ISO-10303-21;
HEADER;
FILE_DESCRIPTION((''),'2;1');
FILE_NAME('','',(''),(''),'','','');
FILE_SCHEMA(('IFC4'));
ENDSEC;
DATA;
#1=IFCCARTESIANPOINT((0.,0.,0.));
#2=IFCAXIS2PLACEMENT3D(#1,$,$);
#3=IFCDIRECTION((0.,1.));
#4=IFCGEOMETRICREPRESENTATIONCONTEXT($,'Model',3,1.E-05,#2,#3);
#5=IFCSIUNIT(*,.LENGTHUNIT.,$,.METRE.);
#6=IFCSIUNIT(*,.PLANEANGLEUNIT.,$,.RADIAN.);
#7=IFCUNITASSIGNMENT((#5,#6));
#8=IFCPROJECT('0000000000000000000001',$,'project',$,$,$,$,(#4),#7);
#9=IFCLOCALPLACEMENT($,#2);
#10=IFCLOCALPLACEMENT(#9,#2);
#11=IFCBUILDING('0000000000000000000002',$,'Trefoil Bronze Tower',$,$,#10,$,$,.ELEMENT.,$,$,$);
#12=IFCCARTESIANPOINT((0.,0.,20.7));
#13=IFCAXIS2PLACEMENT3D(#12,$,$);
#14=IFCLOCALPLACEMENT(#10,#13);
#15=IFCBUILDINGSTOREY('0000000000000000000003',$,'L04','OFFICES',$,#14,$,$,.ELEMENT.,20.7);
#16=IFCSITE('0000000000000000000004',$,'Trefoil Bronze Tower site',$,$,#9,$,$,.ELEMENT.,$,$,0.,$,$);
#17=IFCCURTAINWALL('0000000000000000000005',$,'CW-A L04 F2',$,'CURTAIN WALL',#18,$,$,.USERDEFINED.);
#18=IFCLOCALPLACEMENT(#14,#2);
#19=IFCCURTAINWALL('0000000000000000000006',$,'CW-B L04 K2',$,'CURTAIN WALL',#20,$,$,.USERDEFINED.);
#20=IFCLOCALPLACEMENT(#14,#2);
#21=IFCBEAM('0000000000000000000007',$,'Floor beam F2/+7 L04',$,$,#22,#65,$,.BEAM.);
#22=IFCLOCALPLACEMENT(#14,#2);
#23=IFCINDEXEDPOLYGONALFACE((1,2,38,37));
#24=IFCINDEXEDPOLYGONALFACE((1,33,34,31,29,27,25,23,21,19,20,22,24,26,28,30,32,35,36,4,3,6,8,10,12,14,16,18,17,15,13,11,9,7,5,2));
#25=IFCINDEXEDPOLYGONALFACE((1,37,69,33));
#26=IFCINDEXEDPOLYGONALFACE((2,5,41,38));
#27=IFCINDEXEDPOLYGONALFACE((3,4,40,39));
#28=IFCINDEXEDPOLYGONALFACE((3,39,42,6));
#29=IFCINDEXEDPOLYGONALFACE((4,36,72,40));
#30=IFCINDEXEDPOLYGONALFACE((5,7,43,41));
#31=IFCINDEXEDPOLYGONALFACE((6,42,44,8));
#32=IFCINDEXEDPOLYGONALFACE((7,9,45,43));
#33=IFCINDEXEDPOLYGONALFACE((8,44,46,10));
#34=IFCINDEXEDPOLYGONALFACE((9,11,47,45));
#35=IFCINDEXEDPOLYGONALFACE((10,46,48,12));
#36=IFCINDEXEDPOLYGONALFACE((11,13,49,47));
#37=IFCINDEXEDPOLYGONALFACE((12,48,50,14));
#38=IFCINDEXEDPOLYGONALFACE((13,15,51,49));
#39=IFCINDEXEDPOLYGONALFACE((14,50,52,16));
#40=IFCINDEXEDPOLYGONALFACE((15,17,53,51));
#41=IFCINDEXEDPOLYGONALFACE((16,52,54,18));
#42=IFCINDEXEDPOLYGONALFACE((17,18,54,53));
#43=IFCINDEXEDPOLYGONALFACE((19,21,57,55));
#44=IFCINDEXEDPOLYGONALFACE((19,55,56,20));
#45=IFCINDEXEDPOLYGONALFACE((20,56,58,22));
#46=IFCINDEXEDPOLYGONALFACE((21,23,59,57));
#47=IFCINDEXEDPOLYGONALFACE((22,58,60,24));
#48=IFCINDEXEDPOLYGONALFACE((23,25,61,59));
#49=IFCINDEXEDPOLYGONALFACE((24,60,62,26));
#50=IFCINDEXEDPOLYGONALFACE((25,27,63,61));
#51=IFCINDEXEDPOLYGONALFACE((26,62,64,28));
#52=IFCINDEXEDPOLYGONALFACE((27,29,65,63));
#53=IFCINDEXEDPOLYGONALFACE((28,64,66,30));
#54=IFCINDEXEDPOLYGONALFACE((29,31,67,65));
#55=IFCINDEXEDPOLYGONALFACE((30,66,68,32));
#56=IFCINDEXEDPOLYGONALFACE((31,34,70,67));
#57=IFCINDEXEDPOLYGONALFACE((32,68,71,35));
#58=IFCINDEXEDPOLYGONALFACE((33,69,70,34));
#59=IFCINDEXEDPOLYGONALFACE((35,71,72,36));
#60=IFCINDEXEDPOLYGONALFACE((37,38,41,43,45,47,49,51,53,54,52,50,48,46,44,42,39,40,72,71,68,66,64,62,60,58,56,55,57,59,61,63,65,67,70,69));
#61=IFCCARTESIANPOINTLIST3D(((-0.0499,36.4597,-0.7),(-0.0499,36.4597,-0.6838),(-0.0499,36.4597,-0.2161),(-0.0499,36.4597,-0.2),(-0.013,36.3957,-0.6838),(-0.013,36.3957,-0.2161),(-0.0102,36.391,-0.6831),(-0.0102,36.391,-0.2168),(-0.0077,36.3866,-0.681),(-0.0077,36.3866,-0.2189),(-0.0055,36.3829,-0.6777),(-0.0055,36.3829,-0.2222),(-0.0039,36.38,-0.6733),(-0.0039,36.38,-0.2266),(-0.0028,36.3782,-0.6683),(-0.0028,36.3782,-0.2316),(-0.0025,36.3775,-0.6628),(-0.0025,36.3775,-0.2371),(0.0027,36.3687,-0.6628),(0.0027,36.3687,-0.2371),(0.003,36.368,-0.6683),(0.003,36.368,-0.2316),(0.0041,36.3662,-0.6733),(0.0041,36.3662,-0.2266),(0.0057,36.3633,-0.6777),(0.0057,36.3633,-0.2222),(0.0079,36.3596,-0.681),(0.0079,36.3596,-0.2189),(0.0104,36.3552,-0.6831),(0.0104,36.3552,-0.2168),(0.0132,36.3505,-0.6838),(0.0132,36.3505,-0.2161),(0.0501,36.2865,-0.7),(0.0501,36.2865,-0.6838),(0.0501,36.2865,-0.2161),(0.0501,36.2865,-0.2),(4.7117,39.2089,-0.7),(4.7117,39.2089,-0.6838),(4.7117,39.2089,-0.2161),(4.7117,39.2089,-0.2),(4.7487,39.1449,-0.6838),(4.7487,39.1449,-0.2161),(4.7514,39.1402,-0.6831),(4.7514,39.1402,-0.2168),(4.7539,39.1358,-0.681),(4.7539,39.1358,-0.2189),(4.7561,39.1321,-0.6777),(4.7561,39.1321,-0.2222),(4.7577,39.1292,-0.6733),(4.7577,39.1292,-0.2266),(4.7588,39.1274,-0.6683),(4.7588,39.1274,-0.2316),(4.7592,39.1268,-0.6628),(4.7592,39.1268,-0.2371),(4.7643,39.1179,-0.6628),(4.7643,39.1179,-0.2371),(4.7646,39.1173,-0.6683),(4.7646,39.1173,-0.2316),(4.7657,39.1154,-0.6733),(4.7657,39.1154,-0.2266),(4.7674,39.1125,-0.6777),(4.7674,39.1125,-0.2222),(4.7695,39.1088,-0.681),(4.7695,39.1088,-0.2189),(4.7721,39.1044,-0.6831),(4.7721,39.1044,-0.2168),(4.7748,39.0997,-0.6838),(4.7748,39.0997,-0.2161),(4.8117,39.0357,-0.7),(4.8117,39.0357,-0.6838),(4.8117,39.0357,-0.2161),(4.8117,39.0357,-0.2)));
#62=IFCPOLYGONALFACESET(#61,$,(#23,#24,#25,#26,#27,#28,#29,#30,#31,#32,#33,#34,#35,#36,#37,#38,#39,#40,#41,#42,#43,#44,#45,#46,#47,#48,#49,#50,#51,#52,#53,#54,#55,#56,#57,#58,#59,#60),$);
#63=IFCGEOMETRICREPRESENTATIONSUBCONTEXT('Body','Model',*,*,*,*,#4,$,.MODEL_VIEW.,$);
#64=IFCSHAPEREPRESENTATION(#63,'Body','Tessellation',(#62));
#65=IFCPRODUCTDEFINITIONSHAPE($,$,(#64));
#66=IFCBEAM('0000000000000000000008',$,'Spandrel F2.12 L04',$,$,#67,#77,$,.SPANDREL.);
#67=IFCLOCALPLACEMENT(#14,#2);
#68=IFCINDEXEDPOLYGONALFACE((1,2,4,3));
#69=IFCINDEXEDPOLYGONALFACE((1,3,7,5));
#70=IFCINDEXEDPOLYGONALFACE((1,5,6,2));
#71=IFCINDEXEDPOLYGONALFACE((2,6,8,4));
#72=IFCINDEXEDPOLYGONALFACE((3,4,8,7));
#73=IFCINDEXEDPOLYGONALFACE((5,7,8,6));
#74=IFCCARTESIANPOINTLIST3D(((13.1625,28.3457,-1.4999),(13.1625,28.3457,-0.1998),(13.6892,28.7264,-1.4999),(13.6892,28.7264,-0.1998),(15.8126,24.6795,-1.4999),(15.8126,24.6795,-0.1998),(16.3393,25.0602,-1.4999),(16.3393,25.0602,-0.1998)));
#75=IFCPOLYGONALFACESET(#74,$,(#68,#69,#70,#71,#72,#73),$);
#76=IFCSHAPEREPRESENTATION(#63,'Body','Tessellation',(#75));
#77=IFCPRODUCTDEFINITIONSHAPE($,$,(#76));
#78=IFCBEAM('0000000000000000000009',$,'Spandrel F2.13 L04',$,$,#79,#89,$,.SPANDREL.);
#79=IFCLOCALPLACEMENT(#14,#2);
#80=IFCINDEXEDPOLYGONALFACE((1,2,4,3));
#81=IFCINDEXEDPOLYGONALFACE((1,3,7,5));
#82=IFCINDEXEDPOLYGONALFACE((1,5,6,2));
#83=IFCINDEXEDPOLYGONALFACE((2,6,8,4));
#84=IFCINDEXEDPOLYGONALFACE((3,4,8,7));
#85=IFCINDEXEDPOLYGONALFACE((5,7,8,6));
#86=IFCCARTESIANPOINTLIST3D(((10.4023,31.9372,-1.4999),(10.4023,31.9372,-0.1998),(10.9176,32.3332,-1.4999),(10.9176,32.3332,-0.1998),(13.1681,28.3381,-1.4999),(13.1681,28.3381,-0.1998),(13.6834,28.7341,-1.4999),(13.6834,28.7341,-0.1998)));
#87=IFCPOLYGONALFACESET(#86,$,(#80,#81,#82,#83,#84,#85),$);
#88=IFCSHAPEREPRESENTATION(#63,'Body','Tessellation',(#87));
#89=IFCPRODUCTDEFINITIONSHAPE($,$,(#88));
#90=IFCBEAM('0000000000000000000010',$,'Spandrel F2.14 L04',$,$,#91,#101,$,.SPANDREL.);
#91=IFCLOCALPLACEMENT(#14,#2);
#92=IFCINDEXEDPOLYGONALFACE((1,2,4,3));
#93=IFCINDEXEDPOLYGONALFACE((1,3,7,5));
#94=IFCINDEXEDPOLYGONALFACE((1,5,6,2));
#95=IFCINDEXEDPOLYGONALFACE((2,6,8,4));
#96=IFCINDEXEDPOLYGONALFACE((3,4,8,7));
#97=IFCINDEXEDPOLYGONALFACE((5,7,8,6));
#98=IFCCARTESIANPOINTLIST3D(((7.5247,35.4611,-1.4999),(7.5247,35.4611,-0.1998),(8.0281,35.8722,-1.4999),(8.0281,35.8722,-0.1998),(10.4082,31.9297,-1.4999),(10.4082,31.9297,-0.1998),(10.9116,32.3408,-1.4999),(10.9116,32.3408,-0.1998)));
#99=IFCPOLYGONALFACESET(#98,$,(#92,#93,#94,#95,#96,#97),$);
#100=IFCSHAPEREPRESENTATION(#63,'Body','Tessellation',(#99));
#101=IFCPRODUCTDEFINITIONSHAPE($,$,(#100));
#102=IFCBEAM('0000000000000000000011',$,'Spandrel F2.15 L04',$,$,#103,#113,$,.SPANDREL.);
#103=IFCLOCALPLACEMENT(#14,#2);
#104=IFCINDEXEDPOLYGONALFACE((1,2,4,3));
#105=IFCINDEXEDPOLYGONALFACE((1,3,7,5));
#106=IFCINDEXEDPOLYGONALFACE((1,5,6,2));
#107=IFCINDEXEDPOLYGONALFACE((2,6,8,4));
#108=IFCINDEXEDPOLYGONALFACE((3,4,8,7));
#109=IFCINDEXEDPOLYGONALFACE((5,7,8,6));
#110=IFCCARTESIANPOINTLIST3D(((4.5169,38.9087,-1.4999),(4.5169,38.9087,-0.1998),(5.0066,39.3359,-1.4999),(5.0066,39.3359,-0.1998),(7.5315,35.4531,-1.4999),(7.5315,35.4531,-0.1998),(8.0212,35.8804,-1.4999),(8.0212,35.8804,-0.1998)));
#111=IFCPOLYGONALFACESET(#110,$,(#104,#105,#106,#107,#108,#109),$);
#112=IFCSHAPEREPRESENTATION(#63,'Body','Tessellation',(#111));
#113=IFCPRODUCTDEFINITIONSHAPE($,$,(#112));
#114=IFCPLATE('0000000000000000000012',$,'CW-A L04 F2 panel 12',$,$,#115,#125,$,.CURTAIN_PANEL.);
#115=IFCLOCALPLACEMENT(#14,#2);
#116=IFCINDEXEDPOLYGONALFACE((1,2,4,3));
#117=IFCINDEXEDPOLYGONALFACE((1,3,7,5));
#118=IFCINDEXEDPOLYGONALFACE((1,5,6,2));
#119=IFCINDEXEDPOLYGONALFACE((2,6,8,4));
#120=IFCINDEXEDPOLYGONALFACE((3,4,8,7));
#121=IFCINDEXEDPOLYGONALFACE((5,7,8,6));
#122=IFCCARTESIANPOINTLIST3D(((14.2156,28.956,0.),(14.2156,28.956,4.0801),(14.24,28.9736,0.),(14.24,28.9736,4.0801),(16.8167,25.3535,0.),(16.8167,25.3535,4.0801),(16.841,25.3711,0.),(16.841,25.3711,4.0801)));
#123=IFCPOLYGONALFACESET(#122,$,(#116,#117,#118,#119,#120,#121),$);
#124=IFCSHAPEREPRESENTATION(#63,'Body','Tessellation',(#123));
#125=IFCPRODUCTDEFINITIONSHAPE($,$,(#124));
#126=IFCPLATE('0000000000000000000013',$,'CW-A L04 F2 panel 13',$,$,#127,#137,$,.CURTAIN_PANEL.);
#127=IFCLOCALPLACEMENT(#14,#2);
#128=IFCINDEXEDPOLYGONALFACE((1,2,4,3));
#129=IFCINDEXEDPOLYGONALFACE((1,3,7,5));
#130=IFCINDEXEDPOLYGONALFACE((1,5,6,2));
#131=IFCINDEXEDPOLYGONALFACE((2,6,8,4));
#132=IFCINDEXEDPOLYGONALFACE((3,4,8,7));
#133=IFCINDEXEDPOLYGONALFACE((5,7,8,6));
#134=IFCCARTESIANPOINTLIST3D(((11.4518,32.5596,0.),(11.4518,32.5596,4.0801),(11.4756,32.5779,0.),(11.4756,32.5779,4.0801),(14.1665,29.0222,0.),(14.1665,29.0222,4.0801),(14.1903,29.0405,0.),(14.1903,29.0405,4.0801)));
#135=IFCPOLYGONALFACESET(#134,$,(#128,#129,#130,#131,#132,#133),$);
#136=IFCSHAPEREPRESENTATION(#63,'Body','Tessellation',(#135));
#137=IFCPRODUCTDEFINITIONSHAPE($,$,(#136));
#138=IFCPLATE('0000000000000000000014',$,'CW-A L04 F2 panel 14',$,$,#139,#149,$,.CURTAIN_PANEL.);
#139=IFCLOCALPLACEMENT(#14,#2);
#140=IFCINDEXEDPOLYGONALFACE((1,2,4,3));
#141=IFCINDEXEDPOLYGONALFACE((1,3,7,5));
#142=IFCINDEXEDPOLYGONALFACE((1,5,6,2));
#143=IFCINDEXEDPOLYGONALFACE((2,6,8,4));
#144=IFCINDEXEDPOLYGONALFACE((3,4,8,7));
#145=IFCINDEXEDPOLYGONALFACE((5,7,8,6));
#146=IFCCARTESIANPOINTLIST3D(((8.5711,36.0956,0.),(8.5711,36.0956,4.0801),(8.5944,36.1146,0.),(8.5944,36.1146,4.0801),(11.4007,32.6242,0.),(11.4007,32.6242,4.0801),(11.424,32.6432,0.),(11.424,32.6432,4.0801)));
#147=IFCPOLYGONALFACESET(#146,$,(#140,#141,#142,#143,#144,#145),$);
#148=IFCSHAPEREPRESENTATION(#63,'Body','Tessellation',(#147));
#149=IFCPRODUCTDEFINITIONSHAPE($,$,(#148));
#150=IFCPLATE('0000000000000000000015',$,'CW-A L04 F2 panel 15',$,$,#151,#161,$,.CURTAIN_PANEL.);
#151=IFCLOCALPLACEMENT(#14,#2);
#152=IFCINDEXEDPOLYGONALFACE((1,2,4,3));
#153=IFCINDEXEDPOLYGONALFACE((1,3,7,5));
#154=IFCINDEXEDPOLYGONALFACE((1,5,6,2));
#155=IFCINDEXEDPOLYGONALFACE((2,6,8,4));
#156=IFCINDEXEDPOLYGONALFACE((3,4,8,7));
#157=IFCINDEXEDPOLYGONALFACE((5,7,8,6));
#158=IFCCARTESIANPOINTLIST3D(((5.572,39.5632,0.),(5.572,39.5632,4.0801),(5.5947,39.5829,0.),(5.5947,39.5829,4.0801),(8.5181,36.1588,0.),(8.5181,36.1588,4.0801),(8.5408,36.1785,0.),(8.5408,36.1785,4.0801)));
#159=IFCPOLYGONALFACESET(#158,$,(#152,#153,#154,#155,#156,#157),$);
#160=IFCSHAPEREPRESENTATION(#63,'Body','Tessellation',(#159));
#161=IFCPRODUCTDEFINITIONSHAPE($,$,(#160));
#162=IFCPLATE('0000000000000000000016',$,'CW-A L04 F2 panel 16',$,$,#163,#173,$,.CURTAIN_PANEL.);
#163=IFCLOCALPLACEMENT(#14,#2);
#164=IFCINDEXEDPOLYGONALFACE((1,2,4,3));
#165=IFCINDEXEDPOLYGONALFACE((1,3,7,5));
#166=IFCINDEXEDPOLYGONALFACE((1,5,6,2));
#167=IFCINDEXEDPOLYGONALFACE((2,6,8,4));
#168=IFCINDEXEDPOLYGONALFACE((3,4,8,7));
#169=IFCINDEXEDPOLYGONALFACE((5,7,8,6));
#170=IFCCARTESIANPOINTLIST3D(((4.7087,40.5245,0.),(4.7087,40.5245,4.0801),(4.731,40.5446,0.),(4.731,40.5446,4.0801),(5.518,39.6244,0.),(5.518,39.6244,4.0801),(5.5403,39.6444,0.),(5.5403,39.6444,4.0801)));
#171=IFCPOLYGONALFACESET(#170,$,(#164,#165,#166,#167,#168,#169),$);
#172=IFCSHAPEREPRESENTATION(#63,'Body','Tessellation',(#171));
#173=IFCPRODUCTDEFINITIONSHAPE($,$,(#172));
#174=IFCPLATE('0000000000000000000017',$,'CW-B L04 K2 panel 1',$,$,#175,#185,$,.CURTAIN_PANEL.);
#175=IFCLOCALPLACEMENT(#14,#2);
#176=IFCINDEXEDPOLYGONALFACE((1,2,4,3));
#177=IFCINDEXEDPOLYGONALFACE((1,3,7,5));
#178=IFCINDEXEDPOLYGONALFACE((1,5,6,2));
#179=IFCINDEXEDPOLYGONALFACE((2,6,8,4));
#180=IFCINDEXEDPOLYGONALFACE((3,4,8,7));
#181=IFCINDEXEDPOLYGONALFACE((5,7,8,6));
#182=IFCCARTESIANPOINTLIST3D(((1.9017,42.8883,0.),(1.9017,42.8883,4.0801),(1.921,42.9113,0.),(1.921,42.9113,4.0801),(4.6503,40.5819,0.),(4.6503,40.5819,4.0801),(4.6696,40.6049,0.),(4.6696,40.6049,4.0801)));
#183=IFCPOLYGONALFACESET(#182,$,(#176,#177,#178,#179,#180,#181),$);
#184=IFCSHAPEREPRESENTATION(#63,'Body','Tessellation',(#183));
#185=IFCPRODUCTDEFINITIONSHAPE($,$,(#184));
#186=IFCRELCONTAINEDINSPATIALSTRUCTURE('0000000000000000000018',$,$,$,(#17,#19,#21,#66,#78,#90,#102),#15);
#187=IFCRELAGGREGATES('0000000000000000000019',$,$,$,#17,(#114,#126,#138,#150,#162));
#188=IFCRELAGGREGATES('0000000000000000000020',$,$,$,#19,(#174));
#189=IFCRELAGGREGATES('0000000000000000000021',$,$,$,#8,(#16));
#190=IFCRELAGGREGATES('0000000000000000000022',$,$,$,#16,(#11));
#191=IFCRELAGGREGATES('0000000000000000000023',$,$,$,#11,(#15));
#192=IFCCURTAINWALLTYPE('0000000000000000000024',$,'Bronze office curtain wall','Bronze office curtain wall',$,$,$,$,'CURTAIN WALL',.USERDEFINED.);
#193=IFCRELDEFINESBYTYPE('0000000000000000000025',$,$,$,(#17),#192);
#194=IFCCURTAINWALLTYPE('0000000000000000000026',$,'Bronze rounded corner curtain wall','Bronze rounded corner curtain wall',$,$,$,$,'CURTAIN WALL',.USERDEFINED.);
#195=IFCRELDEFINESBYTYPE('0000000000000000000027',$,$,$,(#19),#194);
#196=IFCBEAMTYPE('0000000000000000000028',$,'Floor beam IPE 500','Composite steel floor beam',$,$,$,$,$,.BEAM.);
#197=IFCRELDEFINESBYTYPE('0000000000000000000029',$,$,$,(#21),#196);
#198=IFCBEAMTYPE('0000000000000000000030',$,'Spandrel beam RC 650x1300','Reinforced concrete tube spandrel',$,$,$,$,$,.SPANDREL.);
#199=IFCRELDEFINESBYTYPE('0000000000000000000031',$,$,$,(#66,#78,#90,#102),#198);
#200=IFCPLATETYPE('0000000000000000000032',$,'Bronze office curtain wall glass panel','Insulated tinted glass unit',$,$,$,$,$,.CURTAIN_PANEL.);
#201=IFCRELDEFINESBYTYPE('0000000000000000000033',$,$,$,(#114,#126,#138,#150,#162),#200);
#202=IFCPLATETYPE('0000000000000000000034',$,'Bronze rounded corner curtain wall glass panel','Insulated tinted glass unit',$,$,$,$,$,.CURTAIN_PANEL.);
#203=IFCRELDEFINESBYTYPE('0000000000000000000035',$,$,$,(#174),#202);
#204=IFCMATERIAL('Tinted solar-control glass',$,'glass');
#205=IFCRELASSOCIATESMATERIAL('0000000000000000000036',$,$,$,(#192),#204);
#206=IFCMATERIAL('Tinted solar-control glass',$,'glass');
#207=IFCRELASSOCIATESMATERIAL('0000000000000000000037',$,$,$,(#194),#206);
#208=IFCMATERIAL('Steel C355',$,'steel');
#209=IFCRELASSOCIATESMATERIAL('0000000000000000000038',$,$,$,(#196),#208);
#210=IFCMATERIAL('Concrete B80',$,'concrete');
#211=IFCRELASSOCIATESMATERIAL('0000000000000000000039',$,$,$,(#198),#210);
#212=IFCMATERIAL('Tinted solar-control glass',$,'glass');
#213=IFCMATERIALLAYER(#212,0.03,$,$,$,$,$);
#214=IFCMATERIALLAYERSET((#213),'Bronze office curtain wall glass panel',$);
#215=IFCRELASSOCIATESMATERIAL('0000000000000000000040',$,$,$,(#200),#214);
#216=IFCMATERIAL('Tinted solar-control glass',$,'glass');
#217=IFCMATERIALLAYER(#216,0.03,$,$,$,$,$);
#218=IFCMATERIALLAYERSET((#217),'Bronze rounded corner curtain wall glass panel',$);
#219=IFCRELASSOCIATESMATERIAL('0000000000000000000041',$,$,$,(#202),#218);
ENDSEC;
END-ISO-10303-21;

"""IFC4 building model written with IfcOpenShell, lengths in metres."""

from ifc_helpers import new_model, si_unit, direction, frame, origin, origin_2d, place, context, subcontext, project, spatial, rectangle, i_section, extrude, material, layer, layer_set, material_profile, profile_set, type_object, element, aggregate, save


model = new_model("IFC4")

# Units and contexts
model_context = context("Model", 3, precision=1e-05, world=origin(), true_north=direction((0.0, 1.0)))
body_context = subcontext(model_context, "Body", "Model", "MODEL_VIEW")
ifc_project = project(units=[si_unit("LENGTHUNIT", "METRE"), si_unit("PLANEANGLEUNIT", "RADIAN")], contexts=[model_context])

# Site, building, storey
site_placement = place(None, origin())
site = spatial("IfcSite", under=ifc_project, at=site_placement, Name="Trefoil Bronze Tower site", CompositionType="ELEMENT", RefElevation=0.0)
building_placement = place(site_placement, origin())
building = spatial("IfcBuilding", under=site, at=building_placement, Name="Trefoil Bronze Tower", CompositionType="ELEMENT")
storey_placement = place(building_placement, frame((0.0, 0.0, 20.7)))
storey = spatial("IfcBuildingStorey", under=building, at=storey_placement, Name="L04", Description="OFFICES", CompositionType="ELEMENT", Elevation=20.7)

# Curtain walls
ifc_material_1 = material(Name="Tinted solar-control glass", Category="glass")
curtain_wall_type_1 = type_object("IfcCurtainWallType", Name="Bronze office curtain wall", Description="Bronze office curtain wall", ElementType="CURTAIN WALL", PredefinedType="USERDEFINED", material=ifc_material_1)
curtain_wall_1_placement = place(storey_placement, origin())
curtain_wall_1 = element("IfcCurtainWall", 1, at=curtain_wall_1_placement, inside=storey, type_object=curtain_wall_type_1, Name="CW-A L04 F2", ObjectType="CURTAIN WALL", PredefinedType="USERDEFINED")
ifc_material_2 = material(Name="Tinted solar-control glass", Category="glass")
curtain_wall_type_2 = type_object("IfcCurtainWallType", Name="Bronze rounded corner curtain wall", Description="Bronze rounded corner curtain wall", ElementType="CURTAIN WALL", PredefinedType="USERDEFINED", material=ifc_material_2)
curtain_wall_2_placement = place(storey_placement, origin())
curtain_wall_2 = element("IfcCurtainWall", 2, at=curtain_wall_2_placement, inside=storey, type_object=curtain_wall_type_2, Name="CW-B L04 K2", ObjectType="CURTAIN WALL", PredefinedType="USERDEFINED")

# Beams
ifc_material_3 = material(Name="Steel C355", Category="steel")
ifc_material_profile_1 = material_profile(ifc_material_3, i_section(OverallWidth=0.2, OverallDepth=0.5, WebThickness=0.0103, FlangeThickness=0.0161, FilletRadius=0.021, at=origin_2d()), Name="IPE 500")
ifc_profile_set_1 = profile_set([ifc_material_profile_1], Name="Steel C355")
beam_type_1 = type_object("IfcBeamType", Name="Floor beam IPE 500", Description="Composite steel floor beam", PredefinedType="BEAM", material=ifc_profile_set_1)
beam_1_placement = place(storey_placement, frame((4.7617, 39.1223, -0.45), z_axis=(-0.866018, -0.500012, 0.0), x_axis=(0.500012, -0.866018, 0.0)))
element("IfcBeam", 3, at=beam_1_placement, inside=storey, type_object=beam_type_1, Name="Floor beam F2/+7 L04", PredefinedType="BEAM", context=body_context, shape_type="SweptSolid", body=[
    extrude(i_section(OverallWidth=0.2, OverallDepth=0.5, WebThickness=0.0103, FlangeThickness=0.0161, FilletRadius=0.021, at=origin_2d()), origin(), (0.0, 0.0, 1.0), 5.4983),
])
ifc_material_4 = material(Name="Concrete B80", Category="concrete")
ifc_material_profile_2 = material_profile(ifc_material_4, rectangle(XDim=0.6499, YDim=1.3, at=origin_2d()), Name="RC 650x1300")
ifc_profile_set_2 = profile_set([ifc_material_profile_2], Name="Concrete B80")
beam_type_2 = type_object("IfcBeamType", Name="Spandrel beam RC 650x1300", Description="Reinforced concrete tube spandrel", PredefinedType="SPANDREL", material=ifc_profile_set_2)
beam_2_placement = place(storey_placement, frame((16.0759, 24.8699, -0.8499), z_axis=(-0.585824, 0.810439, 0.0), x_axis=(-0.810439, -0.585824, 0.0)))
element("IfcBeam", 4, at=beam_2_placement, inside=storey, type_object=beam_type_2, Name="Spandrel F2.12 L04", PredefinedType="SPANDREL", context=body_context, shape_type="SweptSolid", body=[
    extrude(rectangle(XDim=0.6499, YDim=1.3, at=origin_2d()), origin(), (0.0, 0.0, 1.0), 4.5237),
])
beam_3_placement = place(storey_placement, frame((13.4258, 28.5361, -0.8499), z_axis=(-0.609339, 0.79291, 0.0), x_axis=(-0.79291, -0.609339, 0.0)))
element("IfcBeam", 5, at=beam_3_placement, inside=storey, type_object=beam_type_2, Name="Spandrel F2.13 L04", PredefinedType="SPANDREL", context=body_context, shape_type="SweptSolid", body=[
    extrude(rectangle(XDim=0.6499, YDim=1.3, at=origin_2d()), origin(), (0.0, 0.0, 1.0), 4.5391),
])
beam_4_placement = place(storey_placement, frame((10.6599, 32.1353, -0.8499), z_axis=(-0.632468, 0.774587, 0.0), x_axis=(-0.774587, -0.632468, 0.0)))
element("IfcBeam", 6, at=beam_4_placement, inside=storey, type_object=beam_type_2, Name="Spandrel F2.14 L04", PredefinedType="SPANDREL", context=body_context, shape_type="SweptSolid", body=[
    extrude(rectangle(XDim=0.6499, YDim=1.3, at=origin_2d()), origin(), (0.0, 0.0, 1.0), 4.5591),
])
beam_5_placement = place(storey_placement, frame((7.7764, 35.6667, -0.8499), z_axis=(-0.657396, 0.753545, 0.0), x_axis=(-0.753545, -0.657396, 0.0)))
element("IfcBeam", 7, at=beam_5_placement, inside=storey, type_object=beam_type_2, Name="Spandrel F2.15 L04", PredefinedType="SPANDREL", context=body_context, shape_type="SweptSolid", body=[
    extrude(rectangle(XDim=0.6499, YDim=1.3, at=origin_2d()), origin(), (0.0, 0.0, 1.0), 4.5857),
])

# Plates
ifc_material_5 = material(Name="Tinted solar-control glass", Category="glass")
ifc_layer_1 = layer(ifc_material_5, 0.03)
ifc_layer_set_1 = layer_set([ifc_layer_1], Name="Bronze office curtain wall glass panel")
plate_type_1 = type_object("IfcPlateType", Name="Bronze office curtain wall glass panel", Description="Insulated tinted glass unit", PredefinedType="CURTAIN_PANEL", material=ifc_layer_set_1)
plate_1_placement = place(storey_placement, frame((15.5283, 27.1636, 0.0), z_axis=(0.0, 0.0, 1.0), x_axis=(-0.585373, 0.810764, 0.0)))
plate_1 = element("IfcPlate", 8, at=plate_1_placement, type_object=plate_type_1, Name="CW-A L04 F2 panel 12", PredefinedType="CURTAIN_PANEL", context=body_context, shape_type="SweptSolid", body=[
    extrude(rectangle(XDim=4.4434, YDim=0.03, at=origin_2d()), origin(), (0.0, 0.0, 1.0), 4.0801),
])
plate_2_placement = place(storey_placement, frame((12.821, 30.8, 0.0), z_axis=(0.0, 0.0, 1.0), x_axis=(-0.608808, 0.793318, 0.0)))
plate_2 = element("IfcPlate", 9, at=plate_2_placement, type_object=plate_type_1, Name="CW-A L04 F2 panel 13", PredefinedType="CURTAIN_PANEL", context=body_context, shape_type="SweptSolid", body=[
    extrude(rectangle(XDim=4.459, YDim=0.03, at=origin_2d()), origin(), (0.0, 0.0, 1.0), 4.0801),
])
plate_3_placement = place(storey_placement, frame((9.9976, 34.3694, 0.0), z_axis=(0.0, 0.0, 1.0), x_axis=(-0.631811, 0.775123, 0.0)))
plate_3 = element("IfcPlate", 10, at=plate_3_placement, type_object=plate_type_1, Name="CW-A L04 F2 panel 14", PredefinedType="CURTAIN_PANEL", context=body_context, shape_type="SweptSolid", body=[
    extrude(rectangle(XDim=4.4785, YDim=0.03, at=origin_2d()), origin(), (0.0, 0.0, 1.0), 4.0801),
])
plate_4_placement = place(storey_placement, frame((7.0564, 37.8708, 0.0), z_axis=(0.0, 0.0, 1.0), x_axis=(-0.654376, 0.756169, 0.0)))
plate_4 = element("IfcPlate", 11, at=plate_4_placement, type_object=plate_type_1, Name="CW-A L04 F2 panel 15", PredefinedType="CURTAIN_PANEL", context=body_context, shape_type="SweptSolid", body=[
    extrude(rectangle(XDim=4.5022, YDim=0.03, at=origin_2d()), origin(), (0.0, 0.0, 1.0), 4.0801),
])
plate_5_placement = place(storey_placement, frame((5.1245, 40.0845, 0.0), z_axis=(0.0, 0.0, 1.0), x_axis=(-0.668575, 0.743645, 0.0)))
plate_5 = element("IfcPlate", 12, at=plate_5_placement, type_object=plate_type_1, Name="CW-A L04 F2 panel 16", PredefinedType="CURTAIN_PANEL", context=body_context, shape_type="SweptSolid", body=[
    extrude(rectangle(XDim=1.2104, YDim=0.03, at=origin_2d()), origin(), (0.0, 0.0, 1.0), 4.0801),
])
aggregate(curtain_wall_1, [plate_1, plate_2, plate_3, plate_4, plate_5])
ifc_material_6 = material(Name="Tinted solar-control glass", Category="glass")
ifc_layer_2 = layer(ifc_material_6, 0.03)
ifc_layer_set_2 = layer_set([ifc_layer_2], Name="Bronze rounded corner curtain wall glass panel")
plate_type_2 = type_object("IfcPlateType", Name="Bronze rounded corner curtain wall glass panel", Description="Insulated tinted glass unit", PredefinedType="CURTAIN_PANEL", material=ifc_layer_set_2)
plate_6_placement = place(storey_placement, frame((3.2856, 41.7466, 0.0), z_axis=(0.0, 0.0, 1.0), x_axis=(-0.766044, 0.642788, 0.0)))
plate_6 = element("IfcPlate", 13, at=plate_6_placement, type_object=plate_type_2, Name="CW-B L04 K2 panel 1", PredefinedType="CURTAIN_PANEL", context=body_context, shape_type="SweptSolid", body=[
    extrude(rectangle(XDim=3.5881, YDim=0.03, at=origin_2d()), origin(), (0.0, 0.0, 1.0), 4.0801),
])
aggregate(curtain_wall_2, [plate_6])

save(model, "model.ifc")
